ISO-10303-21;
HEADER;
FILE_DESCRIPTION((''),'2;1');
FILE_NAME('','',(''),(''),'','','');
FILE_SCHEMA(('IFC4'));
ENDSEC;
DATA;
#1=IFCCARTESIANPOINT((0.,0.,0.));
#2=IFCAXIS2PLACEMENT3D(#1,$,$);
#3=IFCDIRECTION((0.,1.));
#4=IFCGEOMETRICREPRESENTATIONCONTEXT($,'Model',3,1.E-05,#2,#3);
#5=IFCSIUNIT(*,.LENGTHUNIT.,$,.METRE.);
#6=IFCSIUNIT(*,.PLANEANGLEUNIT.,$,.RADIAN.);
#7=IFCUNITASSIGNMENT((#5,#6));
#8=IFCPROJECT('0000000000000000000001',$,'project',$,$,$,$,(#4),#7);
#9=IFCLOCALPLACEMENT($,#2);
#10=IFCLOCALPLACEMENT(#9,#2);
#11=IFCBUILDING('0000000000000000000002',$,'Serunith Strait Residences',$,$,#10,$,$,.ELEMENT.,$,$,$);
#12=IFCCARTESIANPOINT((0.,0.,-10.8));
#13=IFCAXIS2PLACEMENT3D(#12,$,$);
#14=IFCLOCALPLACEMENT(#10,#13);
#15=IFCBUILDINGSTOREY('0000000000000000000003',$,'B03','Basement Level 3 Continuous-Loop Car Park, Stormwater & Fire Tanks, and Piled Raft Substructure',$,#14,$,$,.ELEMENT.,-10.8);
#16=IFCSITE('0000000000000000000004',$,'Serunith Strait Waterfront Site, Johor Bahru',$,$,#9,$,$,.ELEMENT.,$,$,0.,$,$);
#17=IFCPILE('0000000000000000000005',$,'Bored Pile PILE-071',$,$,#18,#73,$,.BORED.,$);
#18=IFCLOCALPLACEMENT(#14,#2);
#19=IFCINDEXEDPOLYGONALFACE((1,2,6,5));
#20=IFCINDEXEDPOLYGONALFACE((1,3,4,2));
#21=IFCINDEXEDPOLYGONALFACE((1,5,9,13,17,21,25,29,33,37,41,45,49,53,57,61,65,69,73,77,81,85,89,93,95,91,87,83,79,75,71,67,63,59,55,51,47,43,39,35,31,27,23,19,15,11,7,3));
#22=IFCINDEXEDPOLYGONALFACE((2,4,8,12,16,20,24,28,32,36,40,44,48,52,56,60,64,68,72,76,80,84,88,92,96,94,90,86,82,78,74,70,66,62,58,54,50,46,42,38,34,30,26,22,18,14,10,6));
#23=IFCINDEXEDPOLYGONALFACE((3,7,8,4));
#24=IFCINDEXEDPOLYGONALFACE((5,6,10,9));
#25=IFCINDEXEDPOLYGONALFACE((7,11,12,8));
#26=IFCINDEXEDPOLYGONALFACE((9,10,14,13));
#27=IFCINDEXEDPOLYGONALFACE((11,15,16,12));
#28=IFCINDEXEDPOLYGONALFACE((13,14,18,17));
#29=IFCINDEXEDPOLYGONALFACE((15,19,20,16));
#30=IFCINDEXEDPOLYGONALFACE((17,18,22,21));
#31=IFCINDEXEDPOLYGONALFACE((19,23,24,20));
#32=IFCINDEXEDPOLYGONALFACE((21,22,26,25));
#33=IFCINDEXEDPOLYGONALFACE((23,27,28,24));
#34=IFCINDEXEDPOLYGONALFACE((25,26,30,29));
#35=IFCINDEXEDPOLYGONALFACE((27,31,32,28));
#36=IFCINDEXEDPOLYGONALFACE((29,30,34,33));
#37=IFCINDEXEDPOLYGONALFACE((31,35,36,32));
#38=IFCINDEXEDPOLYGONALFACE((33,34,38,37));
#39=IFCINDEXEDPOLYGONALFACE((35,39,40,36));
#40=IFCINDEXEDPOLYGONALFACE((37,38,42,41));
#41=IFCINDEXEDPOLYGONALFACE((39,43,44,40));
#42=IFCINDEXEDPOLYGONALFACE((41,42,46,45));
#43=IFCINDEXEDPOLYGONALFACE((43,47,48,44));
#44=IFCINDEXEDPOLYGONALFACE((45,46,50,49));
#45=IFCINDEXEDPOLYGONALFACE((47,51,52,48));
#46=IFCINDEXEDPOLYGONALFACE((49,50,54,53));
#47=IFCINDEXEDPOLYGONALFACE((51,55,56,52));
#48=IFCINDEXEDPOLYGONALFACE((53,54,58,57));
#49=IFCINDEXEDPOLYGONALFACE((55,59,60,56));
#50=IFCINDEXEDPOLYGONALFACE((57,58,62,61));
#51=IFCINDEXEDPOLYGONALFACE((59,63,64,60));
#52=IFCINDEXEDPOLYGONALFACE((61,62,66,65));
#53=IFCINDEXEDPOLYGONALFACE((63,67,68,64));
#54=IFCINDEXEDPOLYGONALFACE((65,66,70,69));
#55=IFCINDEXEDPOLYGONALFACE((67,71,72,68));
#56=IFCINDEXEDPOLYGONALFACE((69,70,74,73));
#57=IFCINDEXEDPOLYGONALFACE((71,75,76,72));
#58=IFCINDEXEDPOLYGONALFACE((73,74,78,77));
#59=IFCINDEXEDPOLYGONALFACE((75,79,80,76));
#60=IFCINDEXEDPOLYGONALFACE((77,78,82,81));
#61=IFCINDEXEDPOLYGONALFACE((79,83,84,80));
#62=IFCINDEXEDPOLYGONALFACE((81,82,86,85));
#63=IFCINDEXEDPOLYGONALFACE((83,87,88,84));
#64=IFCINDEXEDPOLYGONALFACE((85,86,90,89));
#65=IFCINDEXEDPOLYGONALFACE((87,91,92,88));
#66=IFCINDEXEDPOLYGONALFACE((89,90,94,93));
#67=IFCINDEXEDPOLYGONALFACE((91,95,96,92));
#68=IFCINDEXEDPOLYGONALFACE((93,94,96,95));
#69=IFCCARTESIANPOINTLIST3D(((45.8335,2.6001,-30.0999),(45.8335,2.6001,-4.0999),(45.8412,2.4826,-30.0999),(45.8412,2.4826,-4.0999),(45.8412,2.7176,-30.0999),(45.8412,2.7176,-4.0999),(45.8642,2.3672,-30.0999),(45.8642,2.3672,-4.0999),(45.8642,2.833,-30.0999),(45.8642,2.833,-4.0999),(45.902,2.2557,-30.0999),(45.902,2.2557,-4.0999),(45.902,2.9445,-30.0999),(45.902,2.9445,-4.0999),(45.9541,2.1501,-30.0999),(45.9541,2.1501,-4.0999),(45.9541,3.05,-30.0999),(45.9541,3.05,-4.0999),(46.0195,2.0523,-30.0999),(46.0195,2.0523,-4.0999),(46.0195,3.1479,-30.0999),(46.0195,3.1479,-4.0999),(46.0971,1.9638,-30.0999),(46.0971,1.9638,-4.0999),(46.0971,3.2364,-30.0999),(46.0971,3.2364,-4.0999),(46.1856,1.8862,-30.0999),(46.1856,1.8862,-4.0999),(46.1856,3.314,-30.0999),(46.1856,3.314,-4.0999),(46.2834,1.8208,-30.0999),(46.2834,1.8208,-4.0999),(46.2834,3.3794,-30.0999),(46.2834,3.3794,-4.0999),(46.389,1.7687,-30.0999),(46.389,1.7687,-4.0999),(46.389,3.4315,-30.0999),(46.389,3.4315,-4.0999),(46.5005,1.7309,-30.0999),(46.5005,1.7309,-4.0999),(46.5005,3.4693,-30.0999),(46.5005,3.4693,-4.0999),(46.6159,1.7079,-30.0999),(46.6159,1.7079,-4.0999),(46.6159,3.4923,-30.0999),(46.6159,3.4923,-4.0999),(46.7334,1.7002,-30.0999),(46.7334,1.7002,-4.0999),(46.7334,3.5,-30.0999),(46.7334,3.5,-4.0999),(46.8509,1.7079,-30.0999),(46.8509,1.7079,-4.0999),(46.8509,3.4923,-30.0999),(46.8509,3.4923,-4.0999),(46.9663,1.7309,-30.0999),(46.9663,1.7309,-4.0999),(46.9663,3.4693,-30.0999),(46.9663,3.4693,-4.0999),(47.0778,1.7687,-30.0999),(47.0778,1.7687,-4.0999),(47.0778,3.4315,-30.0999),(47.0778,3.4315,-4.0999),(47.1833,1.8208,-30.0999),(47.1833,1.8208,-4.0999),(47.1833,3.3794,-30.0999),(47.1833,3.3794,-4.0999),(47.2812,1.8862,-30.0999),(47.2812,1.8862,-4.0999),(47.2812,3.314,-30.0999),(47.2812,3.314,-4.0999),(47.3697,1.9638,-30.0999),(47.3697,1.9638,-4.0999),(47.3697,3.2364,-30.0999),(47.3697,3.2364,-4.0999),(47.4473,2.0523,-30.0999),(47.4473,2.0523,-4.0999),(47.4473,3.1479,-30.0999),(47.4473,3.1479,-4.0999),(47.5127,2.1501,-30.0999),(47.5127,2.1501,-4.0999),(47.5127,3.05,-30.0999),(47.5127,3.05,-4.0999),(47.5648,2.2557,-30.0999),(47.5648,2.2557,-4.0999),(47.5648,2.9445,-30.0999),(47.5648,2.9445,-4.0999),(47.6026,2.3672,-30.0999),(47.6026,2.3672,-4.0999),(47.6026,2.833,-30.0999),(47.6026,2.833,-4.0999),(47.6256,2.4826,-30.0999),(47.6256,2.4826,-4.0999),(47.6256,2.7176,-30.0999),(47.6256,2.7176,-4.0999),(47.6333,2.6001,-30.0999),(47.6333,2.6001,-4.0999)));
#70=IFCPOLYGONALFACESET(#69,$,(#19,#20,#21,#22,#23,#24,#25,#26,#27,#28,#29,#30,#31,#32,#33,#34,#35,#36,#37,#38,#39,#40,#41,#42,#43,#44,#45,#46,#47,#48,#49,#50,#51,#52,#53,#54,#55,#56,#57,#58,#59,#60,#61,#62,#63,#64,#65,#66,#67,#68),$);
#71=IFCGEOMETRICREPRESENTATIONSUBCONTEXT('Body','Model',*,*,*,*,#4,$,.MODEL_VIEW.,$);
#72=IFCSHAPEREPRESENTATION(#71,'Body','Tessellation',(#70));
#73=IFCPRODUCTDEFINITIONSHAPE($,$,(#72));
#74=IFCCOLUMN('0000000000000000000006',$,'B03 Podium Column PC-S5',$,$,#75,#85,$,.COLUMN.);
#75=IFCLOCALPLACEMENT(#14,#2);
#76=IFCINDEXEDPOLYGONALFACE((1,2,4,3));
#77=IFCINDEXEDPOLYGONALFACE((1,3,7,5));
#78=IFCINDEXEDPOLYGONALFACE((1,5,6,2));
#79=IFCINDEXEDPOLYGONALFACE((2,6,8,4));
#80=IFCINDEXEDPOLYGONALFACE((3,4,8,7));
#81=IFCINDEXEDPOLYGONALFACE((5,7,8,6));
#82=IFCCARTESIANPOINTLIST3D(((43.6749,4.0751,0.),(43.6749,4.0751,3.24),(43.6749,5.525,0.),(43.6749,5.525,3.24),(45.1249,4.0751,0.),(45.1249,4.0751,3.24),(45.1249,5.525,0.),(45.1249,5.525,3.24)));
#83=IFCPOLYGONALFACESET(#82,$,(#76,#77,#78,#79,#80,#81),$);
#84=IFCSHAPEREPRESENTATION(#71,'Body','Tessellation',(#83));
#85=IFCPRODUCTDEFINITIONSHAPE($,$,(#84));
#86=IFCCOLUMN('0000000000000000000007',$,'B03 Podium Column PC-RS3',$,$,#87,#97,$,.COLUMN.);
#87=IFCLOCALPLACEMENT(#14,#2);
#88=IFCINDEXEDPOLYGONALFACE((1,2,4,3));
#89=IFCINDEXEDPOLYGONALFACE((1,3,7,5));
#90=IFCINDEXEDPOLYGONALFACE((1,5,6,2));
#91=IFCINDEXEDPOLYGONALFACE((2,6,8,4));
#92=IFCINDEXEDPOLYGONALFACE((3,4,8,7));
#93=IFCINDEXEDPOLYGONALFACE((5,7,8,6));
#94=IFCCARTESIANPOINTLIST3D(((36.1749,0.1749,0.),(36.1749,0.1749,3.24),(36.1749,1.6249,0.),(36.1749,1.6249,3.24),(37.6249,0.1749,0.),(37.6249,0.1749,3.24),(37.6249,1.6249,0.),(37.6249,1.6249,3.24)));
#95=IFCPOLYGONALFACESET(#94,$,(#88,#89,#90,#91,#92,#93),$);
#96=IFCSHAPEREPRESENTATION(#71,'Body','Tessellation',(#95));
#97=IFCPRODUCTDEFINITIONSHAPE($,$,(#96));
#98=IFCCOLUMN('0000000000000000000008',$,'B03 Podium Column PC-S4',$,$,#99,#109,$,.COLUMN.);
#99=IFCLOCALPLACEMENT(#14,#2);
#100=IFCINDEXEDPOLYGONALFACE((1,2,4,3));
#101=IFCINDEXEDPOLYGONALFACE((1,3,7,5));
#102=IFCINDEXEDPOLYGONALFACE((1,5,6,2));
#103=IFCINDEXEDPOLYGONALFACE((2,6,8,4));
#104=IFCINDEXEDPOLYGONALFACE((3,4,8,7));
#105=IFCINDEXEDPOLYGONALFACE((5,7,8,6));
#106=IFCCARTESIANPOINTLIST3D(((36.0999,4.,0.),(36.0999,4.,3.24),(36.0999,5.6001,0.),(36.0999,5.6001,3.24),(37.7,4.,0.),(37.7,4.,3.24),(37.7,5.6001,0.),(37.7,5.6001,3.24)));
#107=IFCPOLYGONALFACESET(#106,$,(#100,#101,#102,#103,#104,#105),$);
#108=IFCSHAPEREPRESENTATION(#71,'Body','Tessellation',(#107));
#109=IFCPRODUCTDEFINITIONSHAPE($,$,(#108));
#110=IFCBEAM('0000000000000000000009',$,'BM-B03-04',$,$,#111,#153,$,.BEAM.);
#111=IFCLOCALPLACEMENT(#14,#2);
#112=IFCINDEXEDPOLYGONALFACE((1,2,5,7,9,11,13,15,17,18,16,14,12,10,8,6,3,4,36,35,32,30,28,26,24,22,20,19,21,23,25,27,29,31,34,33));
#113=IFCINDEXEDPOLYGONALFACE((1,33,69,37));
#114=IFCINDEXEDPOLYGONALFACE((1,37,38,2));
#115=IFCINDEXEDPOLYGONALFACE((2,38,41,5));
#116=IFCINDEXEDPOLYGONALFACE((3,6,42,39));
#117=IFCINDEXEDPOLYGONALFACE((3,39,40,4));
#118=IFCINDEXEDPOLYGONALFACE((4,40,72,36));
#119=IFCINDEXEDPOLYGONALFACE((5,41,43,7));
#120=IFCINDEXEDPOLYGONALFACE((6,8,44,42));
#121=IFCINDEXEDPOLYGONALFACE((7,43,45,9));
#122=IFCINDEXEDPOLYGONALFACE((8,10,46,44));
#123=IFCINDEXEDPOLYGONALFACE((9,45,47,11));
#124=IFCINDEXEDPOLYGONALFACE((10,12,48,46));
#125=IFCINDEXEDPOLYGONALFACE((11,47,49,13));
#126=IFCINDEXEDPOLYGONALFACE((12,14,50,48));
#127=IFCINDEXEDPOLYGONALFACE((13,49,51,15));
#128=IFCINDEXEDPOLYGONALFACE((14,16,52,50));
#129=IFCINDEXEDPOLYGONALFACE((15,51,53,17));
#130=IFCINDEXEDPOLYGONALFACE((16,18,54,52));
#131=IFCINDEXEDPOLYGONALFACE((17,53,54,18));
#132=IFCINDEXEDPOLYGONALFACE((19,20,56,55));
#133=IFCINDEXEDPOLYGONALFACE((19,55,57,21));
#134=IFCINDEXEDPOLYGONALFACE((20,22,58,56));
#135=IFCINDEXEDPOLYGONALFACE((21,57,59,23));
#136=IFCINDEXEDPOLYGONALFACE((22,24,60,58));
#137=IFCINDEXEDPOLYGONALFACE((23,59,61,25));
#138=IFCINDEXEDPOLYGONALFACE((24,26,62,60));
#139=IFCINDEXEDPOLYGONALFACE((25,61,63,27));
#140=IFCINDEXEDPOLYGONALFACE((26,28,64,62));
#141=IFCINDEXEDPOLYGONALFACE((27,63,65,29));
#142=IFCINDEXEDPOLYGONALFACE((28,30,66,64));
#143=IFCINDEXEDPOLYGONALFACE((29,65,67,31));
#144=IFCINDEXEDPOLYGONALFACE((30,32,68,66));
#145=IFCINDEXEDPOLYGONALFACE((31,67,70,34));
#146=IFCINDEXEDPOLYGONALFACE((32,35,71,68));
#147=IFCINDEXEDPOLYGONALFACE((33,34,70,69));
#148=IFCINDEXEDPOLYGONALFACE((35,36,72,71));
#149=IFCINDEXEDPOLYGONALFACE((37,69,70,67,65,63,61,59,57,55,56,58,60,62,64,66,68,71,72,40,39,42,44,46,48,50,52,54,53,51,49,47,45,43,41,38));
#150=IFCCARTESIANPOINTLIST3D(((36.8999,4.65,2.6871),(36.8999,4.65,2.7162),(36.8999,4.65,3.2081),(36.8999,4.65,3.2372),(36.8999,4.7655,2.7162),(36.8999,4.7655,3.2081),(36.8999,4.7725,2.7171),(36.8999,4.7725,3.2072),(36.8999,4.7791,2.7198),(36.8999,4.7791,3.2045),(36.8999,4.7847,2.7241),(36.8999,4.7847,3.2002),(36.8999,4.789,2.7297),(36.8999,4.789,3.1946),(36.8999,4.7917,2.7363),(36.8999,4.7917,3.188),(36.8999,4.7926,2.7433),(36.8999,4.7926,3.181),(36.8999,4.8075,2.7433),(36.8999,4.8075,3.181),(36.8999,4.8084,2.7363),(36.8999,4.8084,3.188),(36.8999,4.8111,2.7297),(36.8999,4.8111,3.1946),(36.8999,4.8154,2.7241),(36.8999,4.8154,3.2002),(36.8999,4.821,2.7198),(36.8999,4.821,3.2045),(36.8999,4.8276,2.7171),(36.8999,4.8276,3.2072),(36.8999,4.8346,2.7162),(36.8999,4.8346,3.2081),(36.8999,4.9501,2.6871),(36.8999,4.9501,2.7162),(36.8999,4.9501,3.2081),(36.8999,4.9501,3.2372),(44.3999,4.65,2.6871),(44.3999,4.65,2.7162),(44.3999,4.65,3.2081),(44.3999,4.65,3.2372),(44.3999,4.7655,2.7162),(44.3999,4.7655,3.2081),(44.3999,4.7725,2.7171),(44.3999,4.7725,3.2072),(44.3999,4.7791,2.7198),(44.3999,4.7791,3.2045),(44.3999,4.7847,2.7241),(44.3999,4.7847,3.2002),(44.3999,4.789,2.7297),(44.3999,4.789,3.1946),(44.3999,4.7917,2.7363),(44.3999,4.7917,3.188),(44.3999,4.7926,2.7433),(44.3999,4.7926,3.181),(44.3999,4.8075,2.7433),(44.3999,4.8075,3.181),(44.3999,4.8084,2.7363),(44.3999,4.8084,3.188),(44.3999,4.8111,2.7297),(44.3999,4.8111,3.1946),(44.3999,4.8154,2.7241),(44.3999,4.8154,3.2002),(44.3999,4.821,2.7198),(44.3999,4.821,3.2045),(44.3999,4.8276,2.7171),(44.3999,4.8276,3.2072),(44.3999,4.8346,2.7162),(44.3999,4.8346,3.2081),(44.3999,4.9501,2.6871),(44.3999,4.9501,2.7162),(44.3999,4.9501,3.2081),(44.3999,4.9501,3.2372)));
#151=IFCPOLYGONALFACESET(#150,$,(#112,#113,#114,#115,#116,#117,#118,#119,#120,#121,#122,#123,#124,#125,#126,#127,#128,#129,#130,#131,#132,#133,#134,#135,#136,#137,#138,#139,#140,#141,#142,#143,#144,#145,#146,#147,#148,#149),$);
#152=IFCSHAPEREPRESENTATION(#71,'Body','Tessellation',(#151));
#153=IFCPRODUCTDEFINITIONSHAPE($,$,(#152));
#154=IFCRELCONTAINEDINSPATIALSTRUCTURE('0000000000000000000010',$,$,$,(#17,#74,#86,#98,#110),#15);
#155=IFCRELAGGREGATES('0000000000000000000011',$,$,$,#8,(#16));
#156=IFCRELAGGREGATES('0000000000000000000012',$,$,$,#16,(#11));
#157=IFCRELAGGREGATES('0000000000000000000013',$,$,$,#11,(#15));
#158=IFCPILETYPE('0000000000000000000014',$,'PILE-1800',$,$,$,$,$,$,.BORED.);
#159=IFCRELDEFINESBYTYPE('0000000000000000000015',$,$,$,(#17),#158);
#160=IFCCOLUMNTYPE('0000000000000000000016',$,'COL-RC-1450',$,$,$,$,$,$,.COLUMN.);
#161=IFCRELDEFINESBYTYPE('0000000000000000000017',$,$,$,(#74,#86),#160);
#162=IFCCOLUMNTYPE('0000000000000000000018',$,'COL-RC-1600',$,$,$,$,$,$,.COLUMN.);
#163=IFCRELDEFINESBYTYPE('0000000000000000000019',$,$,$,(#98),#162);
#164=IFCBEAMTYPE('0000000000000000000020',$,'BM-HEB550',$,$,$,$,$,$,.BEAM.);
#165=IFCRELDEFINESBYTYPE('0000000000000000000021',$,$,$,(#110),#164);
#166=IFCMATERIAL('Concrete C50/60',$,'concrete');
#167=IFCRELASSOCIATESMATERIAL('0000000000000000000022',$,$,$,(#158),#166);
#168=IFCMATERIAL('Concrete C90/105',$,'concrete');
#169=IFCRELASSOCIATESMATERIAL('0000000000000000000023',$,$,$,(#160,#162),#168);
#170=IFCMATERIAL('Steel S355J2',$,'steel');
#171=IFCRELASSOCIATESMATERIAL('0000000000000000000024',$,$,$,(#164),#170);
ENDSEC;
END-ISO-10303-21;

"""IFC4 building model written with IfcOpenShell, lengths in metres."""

from ifc_helpers import new_model, si_unit, direction, frame, origin, origin_2d, place, context, subcontext, project, spatial, rectangle, circle, i_section, extrude, source, transform, mapped, material, material_profile, profile_set, type_object, element, save


model = new_model("IFC4")

# Units and contexts
model_context = context("Model", 3, precision=1e-05, world=origin(), true_north=direction((0.0, 1.0)))
body_context = subcontext(model_context, "Body", "Model", "MODEL_VIEW")
ifc_project = project(units=[si_unit("LENGTHUNIT", "METRE"), si_unit("PLANEANGLEUNIT", "RADIAN")], contexts=[model_context])

# Site, building, storey
site_placement = place(None, origin())
site = spatial("IfcSite", under=ifc_project, at=site_placement, Name="Serunith Strait Waterfront Site, Johor Bahru", CompositionType="ELEMENT", RefElevation=0.0)
building_placement = place(site_placement, origin())
building = spatial("IfcBuilding", under=site, at=building_placement, Name="Serunith Strait Residences", CompositionType="ELEMENT")
storey_placement = place(building_placement, frame((0.0, 0.0, -10.8)))
storey = spatial("IfcBuildingStorey", under=building, at=storey_placement, Name="B03", Description="Basement Level 3 Continuous-Loop Car Park, Stormwater & Fire Tanks, and Piled Raft Substructure", CompositionType="ELEMENT", Elevation=-10.8)

# Pile
ifc_material_1 = material(Name="Concrete C50/60", Category="concrete")
ifc_material_profile_1 = material_profile(ifc_material_1, circle(Radius=0.8999, at=origin_2d()), Name="PILE D1800")
ifc_profile_set_1 = profile_set([ifc_material_profile_1], Name="Concrete C50/60")
pile_type = type_object("IfcPileType", Name="PILE-1800", PredefinedType="BORED", material=ifc_profile_set_1)
shared_shape_1 = source(origin(), body_context, "Body", "SweptSolid", [
    extrude(circle(Radius=0.8999, at=origin_2d()), origin(), (0.0, 0.0, 1.0), 26.0),
])
for number, where, z_axis, x_axis, name in (
    (1, (46.7334, 2.6001, -4.0999), (0.0, 0.0, -1.0), (1.0, 0.0, 0.0), "Bored Pile PILE-071"),
):
    element("IfcPile", number, at=place(storey_placement, frame(where, z_axis=z_axis, x_axis=x_axis)), inside=storey, type_object=pile_type, Name=name, PredefinedType="BORED", context=body_context, shape_type="MappedRepresentation", body=[
        mapped(shared_shape_1, transform((0.0, 0.0, 0.0), scale=1.0)),
    ])

# Columns
ifc_material_2 = material(Name="Concrete C90/105", Category="concrete")
ifc_material_profile_2 = material_profile(ifc_material_2, rectangle(XDim=1.45, YDim=1.45, at=origin_2d()), Name="RC 1450x1450")
ifc_profile_set_2 = profile_set([ifc_material_profile_2], Name="Concrete C90/105")
column_type_1 = type_object("IfcColumnType", Name="COL-RC-1450", PredefinedType="COLUMN", material=ifc_profile_set_2)
shared_shape_2 = source(origin(), body_context, "Body", "SweptSolid", [
    extrude(rectangle(XDim=1.45, YDim=1.45, at=origin_2d()), origin(), (0.0, 0.0, 1.0), 3.24),
])
for number, where, z_axis, x_axis, name in (
    (2, (44.3999, 4.8, 0.0), (0.0, 0.0, 1.0), (1.0, 0.0, 0.0), "B03 Podium Column PC-S5"),
    (3, (36.8999, 0.8999, 0.0), (0.0, 0.0, 1.0), (1.0, 0.0, 0.0), "B03 Podium Column PC-RS3"),
):
    element("IfcColumn", number, at=place(storey_placement, frame(where, z_axis=z_axis, x_axis=x_axis)), inside=storey, type_object=column_type_1, Name=name, PredefinedType="COLUMN", context=body_context, shape_type="MappedRepresentation", body=[
        mapped(shared_shape_2, transform((0.0, 0.0, 0.0), scale=1.0)),
    ])
ifc_material_profile_3 = material_profile(ifc_material_2, rectangle(XDim=1.6001, YDim=1.6001, at=origin_2d()), Name="RC 1600x1600")
ifc_profile_set_3 = profile_set([ifc_material_profile_3], Name="Concrete C90/105")
column_type_2 = type_object("IfcColumnType", Name="COL-RC-1600", PredefinedType="COLUMN", material=ifc_profile_set_3)
shared_shape_3 = source(origin(), body_context, "Body", "SweptSolid", [
    extrude(rectangle(XDim=1.6001, YDim=1.6001, at=origin_2d()), origin(), (0.0, 0.0, 1.0), 3.24),
])
column_placement = place(storey_placement, frame((36.8999, 4.8, 0.0), z_axis=(0.0, 0.0, 1.0), x_axis=(1.0, 0.0, 0.0)))
element("IfcColumn", 4, at=column_placement, inside=storey, type_object=column_type_2, Name="B03 Podium Column PC-S4", PredefinedType="COLUMN", context=body_context, shape_type="MappedRepresentation", body=[
    mapped(shared_shape_3, transform((0.0, 0.0, 0.0), scale=1.0)),
])

# Beam
ifc_material_3 = material(Name="Steel S355J2", Category="steel")
ifc_material_profile_4 = material_profile(ifc_material_3, i_section(OverallWidth=0.3, OverallDepth=0.55, WebThickness=0.0149, FlangeThickness=0.0291, FilletRadius=0.0271, at=origin_2d()), Name="HEB 550")
ifc_profile_set_4 = profile_set([ifc_material_profile_4], Name="Steel S355J2")
beam_type_1 = type_object("IfcBeamType", Name="BM-HEB550", PredefinedType="BEAM", material=ifc_profile_set_4)
shared_shape_4 = source(origin(), body_context, "Body", "SweptSolid", [
    extrude(i_section(OverallWidth=0.3, OverallDepth=0.55, WebThickness=0.0149, FlangeThickness=0.0291, FilletRadius=0.0271, at=origin_2d()), origin(), (0.0, 0.0, 1.0), 7.5),
])
beam_1_placement = place(storey_placement, frame((36.8999, 4.8, 2.9622), z_axis=(1.0, 0.0, 0.0), x_axis=(0.0, 1.0, 0.0)))
element("IfcBeam", 5, at=beam_1_placement, inside=storey, type_object=beam_type_1, Name="BM-B03-04", PredefinedType="BEAM", context=body_context, shape_type="MappedRepresentation", body=[
    mapped(shared_shape_4, transform((0.0, 0.0, 0.0), scale=1.0)),
])

save(model, "model.ifc")
